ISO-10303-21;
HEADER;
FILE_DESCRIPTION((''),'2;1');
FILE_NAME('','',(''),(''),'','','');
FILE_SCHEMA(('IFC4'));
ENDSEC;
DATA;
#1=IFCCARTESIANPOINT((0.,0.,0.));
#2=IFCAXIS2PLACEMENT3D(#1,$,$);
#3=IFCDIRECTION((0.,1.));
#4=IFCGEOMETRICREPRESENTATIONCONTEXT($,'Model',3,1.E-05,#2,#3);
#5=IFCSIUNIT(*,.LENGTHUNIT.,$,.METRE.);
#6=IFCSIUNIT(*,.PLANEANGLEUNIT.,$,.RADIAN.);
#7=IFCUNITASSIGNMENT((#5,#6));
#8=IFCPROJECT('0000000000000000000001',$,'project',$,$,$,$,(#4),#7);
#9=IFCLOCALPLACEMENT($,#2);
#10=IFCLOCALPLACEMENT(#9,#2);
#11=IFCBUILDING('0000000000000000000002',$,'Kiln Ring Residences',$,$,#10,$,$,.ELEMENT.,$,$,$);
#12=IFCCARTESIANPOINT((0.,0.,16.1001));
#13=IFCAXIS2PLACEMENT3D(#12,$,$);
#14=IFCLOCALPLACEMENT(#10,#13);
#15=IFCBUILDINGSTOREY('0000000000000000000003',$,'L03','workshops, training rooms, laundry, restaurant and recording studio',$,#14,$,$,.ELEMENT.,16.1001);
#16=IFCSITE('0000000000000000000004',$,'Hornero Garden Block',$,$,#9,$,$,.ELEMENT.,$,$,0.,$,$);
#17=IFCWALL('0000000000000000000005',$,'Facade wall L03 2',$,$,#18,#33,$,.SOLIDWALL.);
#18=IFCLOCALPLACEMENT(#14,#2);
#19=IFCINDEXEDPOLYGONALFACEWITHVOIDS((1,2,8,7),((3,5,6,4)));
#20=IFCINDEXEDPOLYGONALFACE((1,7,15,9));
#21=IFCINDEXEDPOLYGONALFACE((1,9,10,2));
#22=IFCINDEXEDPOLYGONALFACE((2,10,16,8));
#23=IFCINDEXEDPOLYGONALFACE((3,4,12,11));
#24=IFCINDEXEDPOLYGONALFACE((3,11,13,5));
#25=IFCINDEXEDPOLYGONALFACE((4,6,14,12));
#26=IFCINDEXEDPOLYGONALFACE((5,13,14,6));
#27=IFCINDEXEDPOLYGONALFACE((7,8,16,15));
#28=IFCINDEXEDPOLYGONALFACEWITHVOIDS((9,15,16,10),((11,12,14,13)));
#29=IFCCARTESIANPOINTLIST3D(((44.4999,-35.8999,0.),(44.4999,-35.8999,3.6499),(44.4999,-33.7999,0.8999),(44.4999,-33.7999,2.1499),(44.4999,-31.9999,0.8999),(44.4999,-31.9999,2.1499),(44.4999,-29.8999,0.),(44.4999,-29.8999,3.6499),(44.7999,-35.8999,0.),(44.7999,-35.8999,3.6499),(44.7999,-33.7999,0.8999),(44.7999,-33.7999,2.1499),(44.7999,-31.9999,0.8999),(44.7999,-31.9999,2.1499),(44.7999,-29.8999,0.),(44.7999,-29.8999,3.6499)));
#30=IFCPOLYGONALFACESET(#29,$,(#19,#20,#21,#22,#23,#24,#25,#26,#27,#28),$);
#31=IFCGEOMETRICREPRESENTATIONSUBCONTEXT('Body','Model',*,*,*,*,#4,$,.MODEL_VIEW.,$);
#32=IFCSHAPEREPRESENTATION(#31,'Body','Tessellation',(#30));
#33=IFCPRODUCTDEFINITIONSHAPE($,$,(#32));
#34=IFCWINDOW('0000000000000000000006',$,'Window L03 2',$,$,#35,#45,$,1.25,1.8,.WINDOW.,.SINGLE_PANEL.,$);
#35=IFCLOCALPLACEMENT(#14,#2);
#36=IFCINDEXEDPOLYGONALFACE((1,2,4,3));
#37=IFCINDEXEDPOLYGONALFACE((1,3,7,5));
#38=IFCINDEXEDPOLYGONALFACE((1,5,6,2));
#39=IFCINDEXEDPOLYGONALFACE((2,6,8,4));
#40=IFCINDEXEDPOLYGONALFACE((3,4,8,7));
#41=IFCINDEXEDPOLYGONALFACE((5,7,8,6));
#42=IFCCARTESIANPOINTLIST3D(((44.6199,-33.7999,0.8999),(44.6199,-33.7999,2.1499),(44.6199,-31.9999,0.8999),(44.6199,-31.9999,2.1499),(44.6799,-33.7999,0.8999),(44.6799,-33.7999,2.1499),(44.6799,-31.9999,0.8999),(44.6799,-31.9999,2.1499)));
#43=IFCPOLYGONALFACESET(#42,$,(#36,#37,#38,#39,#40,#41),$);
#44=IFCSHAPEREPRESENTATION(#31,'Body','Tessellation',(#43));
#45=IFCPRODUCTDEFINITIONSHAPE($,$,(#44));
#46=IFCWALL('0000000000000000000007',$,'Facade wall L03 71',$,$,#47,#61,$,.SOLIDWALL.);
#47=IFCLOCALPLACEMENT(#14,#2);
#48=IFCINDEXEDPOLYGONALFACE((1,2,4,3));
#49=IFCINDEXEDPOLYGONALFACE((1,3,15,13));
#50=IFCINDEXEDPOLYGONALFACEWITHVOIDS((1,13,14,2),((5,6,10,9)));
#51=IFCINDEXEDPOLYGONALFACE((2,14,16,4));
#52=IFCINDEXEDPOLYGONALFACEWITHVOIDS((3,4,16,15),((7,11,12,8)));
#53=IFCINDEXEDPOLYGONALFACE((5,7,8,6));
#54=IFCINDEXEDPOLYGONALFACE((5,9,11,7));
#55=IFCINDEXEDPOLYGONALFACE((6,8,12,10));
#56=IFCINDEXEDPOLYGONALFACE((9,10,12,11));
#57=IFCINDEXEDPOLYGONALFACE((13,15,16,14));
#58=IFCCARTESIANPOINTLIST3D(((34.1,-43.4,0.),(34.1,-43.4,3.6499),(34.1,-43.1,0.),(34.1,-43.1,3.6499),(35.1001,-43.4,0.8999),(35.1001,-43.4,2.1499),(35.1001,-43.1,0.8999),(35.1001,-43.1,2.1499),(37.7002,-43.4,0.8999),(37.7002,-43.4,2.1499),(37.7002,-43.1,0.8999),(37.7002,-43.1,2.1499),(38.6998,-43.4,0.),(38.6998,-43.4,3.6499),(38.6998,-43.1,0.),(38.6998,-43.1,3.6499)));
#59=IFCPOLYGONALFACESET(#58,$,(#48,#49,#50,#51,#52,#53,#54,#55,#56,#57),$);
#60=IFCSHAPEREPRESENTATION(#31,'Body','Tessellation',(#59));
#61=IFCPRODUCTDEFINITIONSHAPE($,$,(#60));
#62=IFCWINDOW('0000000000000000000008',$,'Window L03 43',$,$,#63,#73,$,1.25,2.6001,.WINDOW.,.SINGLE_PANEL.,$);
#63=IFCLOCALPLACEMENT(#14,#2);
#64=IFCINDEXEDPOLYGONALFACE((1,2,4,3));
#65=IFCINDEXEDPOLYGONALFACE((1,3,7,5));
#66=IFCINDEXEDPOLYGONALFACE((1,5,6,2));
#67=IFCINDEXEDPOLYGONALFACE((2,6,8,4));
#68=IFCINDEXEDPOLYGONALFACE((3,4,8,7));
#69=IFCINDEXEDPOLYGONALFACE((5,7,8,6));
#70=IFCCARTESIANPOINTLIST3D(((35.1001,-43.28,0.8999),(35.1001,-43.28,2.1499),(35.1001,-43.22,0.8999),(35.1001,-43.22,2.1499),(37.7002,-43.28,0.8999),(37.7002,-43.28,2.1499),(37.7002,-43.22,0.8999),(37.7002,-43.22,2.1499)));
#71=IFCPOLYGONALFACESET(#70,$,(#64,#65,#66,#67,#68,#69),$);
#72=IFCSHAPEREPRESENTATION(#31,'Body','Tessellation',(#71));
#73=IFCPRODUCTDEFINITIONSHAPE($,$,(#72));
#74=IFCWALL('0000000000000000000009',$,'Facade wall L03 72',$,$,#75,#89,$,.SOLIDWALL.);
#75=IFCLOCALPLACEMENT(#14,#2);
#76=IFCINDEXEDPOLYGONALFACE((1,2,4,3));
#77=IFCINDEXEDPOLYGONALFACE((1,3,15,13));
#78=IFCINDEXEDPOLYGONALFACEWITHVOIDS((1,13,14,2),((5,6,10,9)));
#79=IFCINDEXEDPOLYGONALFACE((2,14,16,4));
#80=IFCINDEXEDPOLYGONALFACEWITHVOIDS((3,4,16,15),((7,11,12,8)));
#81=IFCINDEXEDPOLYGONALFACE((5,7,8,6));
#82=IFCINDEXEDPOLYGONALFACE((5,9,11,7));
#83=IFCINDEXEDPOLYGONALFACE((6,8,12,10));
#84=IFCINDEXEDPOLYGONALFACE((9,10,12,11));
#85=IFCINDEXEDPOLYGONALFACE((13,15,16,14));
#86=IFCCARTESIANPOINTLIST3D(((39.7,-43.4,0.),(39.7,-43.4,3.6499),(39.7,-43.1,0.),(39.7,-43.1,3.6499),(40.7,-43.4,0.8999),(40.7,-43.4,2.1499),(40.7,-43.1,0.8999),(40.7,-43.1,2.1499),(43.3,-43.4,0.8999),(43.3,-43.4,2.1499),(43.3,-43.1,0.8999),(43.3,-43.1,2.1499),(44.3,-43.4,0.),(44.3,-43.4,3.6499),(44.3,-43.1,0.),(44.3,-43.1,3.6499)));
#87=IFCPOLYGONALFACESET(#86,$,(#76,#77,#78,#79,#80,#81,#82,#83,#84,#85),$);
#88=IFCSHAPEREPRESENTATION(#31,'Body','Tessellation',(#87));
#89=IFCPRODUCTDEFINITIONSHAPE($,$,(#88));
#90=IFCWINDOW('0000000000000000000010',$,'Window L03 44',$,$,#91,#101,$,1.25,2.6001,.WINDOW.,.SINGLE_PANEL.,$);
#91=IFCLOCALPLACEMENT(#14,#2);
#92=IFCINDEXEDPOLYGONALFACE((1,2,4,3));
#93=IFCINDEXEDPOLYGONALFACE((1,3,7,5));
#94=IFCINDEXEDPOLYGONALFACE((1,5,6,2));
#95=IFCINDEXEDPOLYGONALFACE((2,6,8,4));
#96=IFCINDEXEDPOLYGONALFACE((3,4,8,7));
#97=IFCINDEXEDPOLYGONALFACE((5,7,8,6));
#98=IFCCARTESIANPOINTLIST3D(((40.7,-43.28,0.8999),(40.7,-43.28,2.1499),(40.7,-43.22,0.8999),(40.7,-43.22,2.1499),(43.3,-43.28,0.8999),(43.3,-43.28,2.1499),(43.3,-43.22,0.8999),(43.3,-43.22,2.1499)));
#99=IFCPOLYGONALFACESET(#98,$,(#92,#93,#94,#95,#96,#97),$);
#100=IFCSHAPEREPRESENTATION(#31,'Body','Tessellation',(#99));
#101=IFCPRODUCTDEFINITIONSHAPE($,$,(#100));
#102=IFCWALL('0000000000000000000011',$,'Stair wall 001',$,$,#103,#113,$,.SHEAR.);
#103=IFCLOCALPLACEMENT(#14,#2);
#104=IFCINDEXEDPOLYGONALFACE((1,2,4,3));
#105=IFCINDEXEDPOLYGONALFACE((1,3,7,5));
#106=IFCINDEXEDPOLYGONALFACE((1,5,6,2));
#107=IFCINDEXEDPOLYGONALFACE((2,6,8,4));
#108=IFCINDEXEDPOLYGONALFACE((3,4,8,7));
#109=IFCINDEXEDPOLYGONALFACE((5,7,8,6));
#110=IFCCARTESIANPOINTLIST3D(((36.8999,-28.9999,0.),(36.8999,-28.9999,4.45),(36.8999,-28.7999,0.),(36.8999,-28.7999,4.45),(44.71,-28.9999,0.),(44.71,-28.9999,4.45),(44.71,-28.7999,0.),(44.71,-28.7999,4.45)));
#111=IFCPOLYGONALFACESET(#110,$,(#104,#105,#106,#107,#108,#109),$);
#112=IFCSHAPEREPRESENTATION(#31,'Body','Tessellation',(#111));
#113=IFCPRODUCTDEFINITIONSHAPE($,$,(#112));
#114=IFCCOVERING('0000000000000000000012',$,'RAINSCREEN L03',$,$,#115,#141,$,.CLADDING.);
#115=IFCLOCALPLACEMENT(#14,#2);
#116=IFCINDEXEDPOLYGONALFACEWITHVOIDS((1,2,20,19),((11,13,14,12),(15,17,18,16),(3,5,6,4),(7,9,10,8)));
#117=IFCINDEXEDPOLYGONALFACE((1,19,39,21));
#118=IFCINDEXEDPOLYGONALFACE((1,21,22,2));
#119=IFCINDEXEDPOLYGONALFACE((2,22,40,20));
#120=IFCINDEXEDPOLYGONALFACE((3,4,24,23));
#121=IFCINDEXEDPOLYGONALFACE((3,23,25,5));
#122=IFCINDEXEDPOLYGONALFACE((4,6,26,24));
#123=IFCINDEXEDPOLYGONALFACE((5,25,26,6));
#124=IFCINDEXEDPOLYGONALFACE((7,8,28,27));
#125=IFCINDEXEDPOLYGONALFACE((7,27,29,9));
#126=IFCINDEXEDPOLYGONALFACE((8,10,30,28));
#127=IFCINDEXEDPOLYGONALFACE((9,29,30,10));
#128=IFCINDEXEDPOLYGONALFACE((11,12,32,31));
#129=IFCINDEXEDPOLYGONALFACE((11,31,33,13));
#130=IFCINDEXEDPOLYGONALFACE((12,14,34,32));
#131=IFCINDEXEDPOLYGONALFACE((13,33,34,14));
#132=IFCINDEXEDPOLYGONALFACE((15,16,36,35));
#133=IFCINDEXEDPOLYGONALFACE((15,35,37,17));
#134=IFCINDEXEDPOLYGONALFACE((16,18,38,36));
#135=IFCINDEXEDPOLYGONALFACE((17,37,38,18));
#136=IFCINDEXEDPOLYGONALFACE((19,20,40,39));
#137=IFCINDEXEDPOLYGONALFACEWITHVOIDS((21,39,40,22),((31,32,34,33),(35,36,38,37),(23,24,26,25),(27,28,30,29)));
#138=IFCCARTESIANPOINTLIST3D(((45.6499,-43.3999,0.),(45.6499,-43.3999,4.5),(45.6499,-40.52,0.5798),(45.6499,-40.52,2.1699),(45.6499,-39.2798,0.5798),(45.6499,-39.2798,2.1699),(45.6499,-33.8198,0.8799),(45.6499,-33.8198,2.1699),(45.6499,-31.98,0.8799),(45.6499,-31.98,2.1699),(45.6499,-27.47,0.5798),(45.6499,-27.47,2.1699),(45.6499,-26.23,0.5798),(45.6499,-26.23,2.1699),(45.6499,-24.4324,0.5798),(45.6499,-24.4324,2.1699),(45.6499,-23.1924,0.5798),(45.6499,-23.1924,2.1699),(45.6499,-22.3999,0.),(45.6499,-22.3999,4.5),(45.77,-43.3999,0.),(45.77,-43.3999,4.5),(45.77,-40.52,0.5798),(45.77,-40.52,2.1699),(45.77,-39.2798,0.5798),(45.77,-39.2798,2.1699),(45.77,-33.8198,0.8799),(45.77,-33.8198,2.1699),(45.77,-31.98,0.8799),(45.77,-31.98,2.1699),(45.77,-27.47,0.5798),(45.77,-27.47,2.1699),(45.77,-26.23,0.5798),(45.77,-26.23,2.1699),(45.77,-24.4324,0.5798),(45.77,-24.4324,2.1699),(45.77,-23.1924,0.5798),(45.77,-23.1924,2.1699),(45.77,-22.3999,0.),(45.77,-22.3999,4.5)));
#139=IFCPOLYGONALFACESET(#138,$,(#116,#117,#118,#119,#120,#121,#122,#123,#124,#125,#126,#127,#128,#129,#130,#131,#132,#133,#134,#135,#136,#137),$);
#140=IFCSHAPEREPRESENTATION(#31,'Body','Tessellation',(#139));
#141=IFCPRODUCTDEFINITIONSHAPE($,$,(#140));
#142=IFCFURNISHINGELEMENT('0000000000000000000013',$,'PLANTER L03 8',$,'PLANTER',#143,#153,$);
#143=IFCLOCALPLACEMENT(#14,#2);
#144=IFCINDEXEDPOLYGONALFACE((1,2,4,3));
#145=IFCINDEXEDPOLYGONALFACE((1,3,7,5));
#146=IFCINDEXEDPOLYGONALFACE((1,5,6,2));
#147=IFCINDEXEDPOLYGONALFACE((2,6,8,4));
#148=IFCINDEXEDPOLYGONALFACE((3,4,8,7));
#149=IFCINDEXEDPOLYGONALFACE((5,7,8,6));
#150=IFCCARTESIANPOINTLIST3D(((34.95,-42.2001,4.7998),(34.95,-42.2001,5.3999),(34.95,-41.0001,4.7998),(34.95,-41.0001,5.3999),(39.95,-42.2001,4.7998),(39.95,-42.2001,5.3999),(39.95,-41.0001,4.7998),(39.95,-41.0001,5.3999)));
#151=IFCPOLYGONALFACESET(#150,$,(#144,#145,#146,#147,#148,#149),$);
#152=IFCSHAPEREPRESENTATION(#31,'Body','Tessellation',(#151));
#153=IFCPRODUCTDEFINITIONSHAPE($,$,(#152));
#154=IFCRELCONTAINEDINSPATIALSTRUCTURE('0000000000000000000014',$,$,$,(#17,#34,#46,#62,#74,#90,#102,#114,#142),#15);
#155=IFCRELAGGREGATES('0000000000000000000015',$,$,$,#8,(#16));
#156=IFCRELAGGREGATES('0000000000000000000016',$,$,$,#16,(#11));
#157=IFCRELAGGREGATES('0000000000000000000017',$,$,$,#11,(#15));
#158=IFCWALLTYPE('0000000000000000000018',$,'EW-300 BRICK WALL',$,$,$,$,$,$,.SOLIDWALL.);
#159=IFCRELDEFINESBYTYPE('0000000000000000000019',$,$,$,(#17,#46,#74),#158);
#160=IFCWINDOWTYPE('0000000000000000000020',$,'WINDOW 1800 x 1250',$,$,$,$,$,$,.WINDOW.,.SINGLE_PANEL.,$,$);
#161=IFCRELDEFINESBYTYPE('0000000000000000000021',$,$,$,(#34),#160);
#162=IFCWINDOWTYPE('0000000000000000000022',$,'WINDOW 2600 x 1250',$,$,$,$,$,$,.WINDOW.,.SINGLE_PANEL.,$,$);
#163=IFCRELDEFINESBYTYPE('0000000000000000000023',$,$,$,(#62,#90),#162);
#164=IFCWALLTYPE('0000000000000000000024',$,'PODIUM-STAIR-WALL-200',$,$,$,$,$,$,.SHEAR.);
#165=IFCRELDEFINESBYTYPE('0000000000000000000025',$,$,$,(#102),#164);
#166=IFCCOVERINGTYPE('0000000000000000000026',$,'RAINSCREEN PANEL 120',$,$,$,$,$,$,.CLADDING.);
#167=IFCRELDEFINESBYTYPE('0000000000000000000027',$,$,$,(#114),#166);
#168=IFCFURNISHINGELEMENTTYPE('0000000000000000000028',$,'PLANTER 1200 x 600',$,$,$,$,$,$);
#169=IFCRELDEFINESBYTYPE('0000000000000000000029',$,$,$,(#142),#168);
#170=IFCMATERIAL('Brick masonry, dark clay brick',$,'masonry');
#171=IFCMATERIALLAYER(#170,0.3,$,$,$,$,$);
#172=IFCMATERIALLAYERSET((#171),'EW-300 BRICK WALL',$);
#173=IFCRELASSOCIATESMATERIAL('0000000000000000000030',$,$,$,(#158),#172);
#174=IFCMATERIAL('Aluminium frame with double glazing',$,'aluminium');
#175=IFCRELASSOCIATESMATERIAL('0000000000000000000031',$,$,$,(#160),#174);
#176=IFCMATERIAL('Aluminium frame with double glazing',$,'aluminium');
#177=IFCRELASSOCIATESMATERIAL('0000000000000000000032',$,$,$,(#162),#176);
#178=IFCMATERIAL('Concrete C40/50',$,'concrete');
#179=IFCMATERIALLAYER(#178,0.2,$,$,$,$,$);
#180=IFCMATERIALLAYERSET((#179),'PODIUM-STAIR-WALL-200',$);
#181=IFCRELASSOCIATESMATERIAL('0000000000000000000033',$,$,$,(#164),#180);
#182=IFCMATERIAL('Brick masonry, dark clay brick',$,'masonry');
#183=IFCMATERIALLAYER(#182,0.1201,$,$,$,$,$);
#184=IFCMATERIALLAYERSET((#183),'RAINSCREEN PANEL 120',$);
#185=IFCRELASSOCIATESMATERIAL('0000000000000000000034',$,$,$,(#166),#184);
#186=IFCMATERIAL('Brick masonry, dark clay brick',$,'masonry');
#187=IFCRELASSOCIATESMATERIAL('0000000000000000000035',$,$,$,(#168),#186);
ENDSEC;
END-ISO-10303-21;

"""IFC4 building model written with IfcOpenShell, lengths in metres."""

from ifc_helpers import new_model, si_unit, direction, frame, frame_2d, origin, origin_2d, place, context, subcontext, project, spatial, polyline, rectangle, outline, extrude, material, layer, layer_set, type_object, element, fill, save


model = new_model("IFC4")

# Units and contexts
model_context = context("Model", 3, precision=1e-05, world=origin(), true_north=direction((0.0, 1.0)))
body_context = subcontext(model_context, "Body", "Model", "MODEL_VIEW")
ifc_project = project(units=[si_unit("LENGTHUNIT", "METRE"), si_unit("PLANEANGLEUNIT", "RADIAN")], contexts=[model_context])

# Site, building, storey
site_placement = place(None, origin())
site = spatial("IfcSite", under=ifc_project, at=site_placement, Name="Hornero Garden Block", CompositionType="ELEMENT", RefElevation=0.0)
building_placement = place(site_placement, origin())
building = spatial("IfcBuilding", under=site, at=building_placement, Name="Kiln Ring Residences", CompositionType="ELEMENT")
storey_placement = place(building_placement, frame((0.0, 0.0, 16.1001)))
storey = spatial("IfcBuildingStorey", under=building, at=storey_placement, Name="L03", Description="workshops, training rooms, laundry, restaurant and recording studio", CompositionType="ELEMENT", Elevation=16.1001)

# Walls, openings, windows
ifc_material_1 = material(Name="Brick masonry, dark clay brick", Category="masonry")
ifc_layer_1 = layer(ifc_material_1, 0.3)
ifc_layer_set_1 = layer_set([ifc_layer_1], Name="EW-300 BRICK WALL")
wall_type_1 = type_object("IfcWallType", Name="EW-300 BRICK WALL", PredefinedType="SOLIDWALL", material=ifc_layer_set_1)
wall_1_placement = place(storey_placement, frame((44.6499, -35.8999, 0.0), z_axis=(0.0, 0.0, 1.0), x_axis=(0.0, 1.0, 0.0)))
wall_1 = element("IfcWall", 1, at=wall_1_placement, inside=storey, type_object=wall_type_1, Name="Facade wall L03 2", PredefinedType="SOLIDWALL", context=body_context, shape_type="SweptSolid", body=[
    extrude(rectangle(XDim=6.0, YDim=0.3, at=frame_2d((3.0, 0.0))), origin(), (0.0, 0.0, 1.0), 3.6499),
])
opening_1_placement = place(wall_1_placement, frame((2.1001, 0.0, 0.8999)))
opening_1 = element("IfcOpeningElement", 2, at=opening_1_placement, cuts=wall_1, PredefinedType="OPENING", context=body_context, shape_type="SweptSolid", body=[
    extrude(rectangle(XDim=1.8, YDim=1.25, at=frame_2d((0.8999, 0.625))), frame((0.0, 0.1599, 0.0), z_axis=(0.0, -1.0, 0.0), x_axis=(1.0, 0.0, 0.0)), (0.0, 0.0, 1.0), 0.3201),
])
ifc_material_2 = material(Name="Aluminium frame with double glazing", Category="aluminium")
window_type_1 = type_object("IfcWindowType", Name="WINDOW 1800 x 1250", PartitioningType="SINGLE_PANEL", PredefinedType="WINDOW", material=ifc_material_2)
window_1_placement = place(opening_1_placement, origin())
window_1 = element("IfcWindow", 3, at=window_1_placement, inside=storey, type_object=window_type_1, Name="Window L03 2", OverallHeight=1.25, OverallWidth=1.8, PartitioningType="SINGLE_PANEL", PredefinedType="WINDOW", context=body_context, shape_type="SweptSolid", body=[
    extrude(rectangle(XDim=1.8, YDim=1.25, at=frame_2d((0.8999, 0.625))), frame((0.0, 0.03, 0.0), z_axis=(0.0, -1.0, 0.0), x_axis=(1.0, 0.0, 0.0)), (0.0, 0.0, 1.0), 0.0601),
])
fill(opening_1, window_1)
wall_2_placement = place(storey_placement, frame((34.1001, -43.25, 0.0), z_axis=(0.0, 0.0, 1.0), x_axis=(1.0, 0.0, 0.0)))
wall_2 = element("IfcWall", 4, at=wall_2_placement, inside=storey, type_object=wall_type_1, Name="Facade wall L03 71", PredefinedType="SOLIDWALL", context=body_context, shape_type="SweptSolid", body=[
    extrude(rectangle(XDim=4.5999, YDim=0.3, at=frame_2d((2.2998, 0.0))), origin(), (0.0, 0.0, 1.0), 3.6499),
])
opening_2_placement = place(wall_2_placement, frame((1.0, 0.0, 0.8999)))
opening_2 = element("IfcOpeningElement", 5, at=opening_2_placement, cuts=wall_2, PredefinedType="OPENING", context=body_context, shape_type="SweptSolid", body=[
    extrude(rectangle(XDim=2.6001, YDim=1.25, at=frame_2d((1.3, 0.625))), frame((0.0, 0.1599, 0.0), z_axis=(0.0, -1.0, 0.0), x_axis=(1.0, 0.0, 0.0)), (0.0, 0.0, 1.0), 0.3201),
])
ifc_material_3 = material(Name="Aluminium frame with double glazing", Category="aluminium")
window_type_2 = type_object("IfcWindowType", Name="WINDOW 2600 x 1250", PartitioningType="SINGLE_PANEL", PredefinedType="WINDOW", material=ifc_material_3)
window_2_placement = place(opening_2_placement, origin())
window_2 = element("IfcWindow", 6, at=window_2_placement, inside=storey, type_object=window_type_2, Name="Window L03 43", OverallHeight=1.25, OverallWidth=2.6001, PartitioningType="SINGLE_PANEL", PredefinedType="WINDOW", context=body_context, shape_type="SweptSolid", body=[
    extrude(rectangle(XDim=2.6001, YDim=1.25, at=frame_2d((1.3, 0.625))), frame((0.0, 0.03, 0.0), z_axis=(0.0, -1.0, 0.0), x_axis=(1.0, 0.0, 0.0)), (0.0, 0.0, 1.0), 0.0601),
])
fill(opening_2, window_2)
wall_3_placement = place(storey_placement, frame((39.7, -43.25, 0.0), z_axis=(0.0, 0.0, 1.0), x_axis=(1.0, 0.0, 0.0)))
wall_3 = element("IfcWall", 7, at=wall_3_placement, inside=storey, type_object=wall_type_1, Name="Facade wall L03 72", PredefinedType="SOLIDWALL", context=body_context, shape_type="SweptSolid", body=[
    extrude(rectangle(XDim=4.6001, YDim=0.3, at=frame_2d((2.3, 0.0))), origin(), (0.0, 0.0, 1.0), 3.6499),
])
opening_3_placement = place(wall_3_placement, frame((1.0, 0.0, 0.8999)))
opening_3 = element("IfcOpeningElement", 8, at=opening_3_placement, cuts=wall_3, PredefinedType="OPENING", context=body_context, shape_type="SweptSolid", body=[
    extrude(rectangle(XDim=2.6001, YDim=1.25, at=frame_2d((1.3, 0.625))), frame((0.0, 0.1599, 0.0), z_axis=(0.0, -1.0, 0.0), x_axis=(1.0, 0.0, 0.0)), (0.0, 0.0, 1.0), 0.3201),
])
window_3_placement = place(opening_3_placement, origin())
window_3 = element("IfcWindow", 9, at=window_3_placement, inside=storey, type_object=window_type_2, Name="Window L03 44", OverallHeight=1.25, OverallWidth=2.6001, PartitioningType="SINGLE_PANEL", PredefinedType="WINDOW", context=body_context, shape_type="SweptSolid", body=[
    extrude(rectangle(XDim=2.6001, YDim=1.25, at=frame_2d((1.3, 0.625))), frame((0.0, 0.03, 0.0), z_axis=(0.0, -1.0, 0.0), x_axis=(1.0, 0.0, 0.0)), (0.0, 0.0, 1.0), 0.0601),
])
fill(opening_3, window_3)

# Wall
ifc_material_4 = material(Name="Concrete C40/50", Category="concrete")
ifc_layer_2 = layer(ifc_material_4, 0.2)
ifc_layer_set_2 = layer_set([ifc_layer_2], Name="PODIUM-STAIR-WALL-200")
wall_type_2 = type_object("IfcWallType", Name="PODIUM-STAIR-WALL-200", PredefinedType="SHEAR", material=ifc_layer_set_2)
wall_4_placement = place(storey_placement, frame((36.8999, -28.8999, 0.0), z_axis=(0.0, 0.0, 1.0), x_axis=(1.0, 0.0, 0.0)))
element("IfcWall", 10, at=wall_4_placement, inside=storey, type_object=wall_type_2, Name="Stair wall 001", PredefinedType="SHEAR", context=body_context, shape_type="SweptSolid", body=[
    extrude(rectangle(XDim=7.8101, YDim=0.2, at=frame_2d((3.905, 0.0))), origin(), (0.0, 0.0, 1.0), 4.45),
])

# Covering
ifc_material_5 = material(Name="Brick masonry, dark clay brick", Category="masonry")
ifc_layer_3 = layer(ifc_material_5, 0.1201)
ifc_layer_set_3 = layer_set([ifc_layer_3], Name="RAINSCREEN PANEL 120")
covering_type = type_object("IfcCoveringType", Name="RAINSCREEN PANEL 120", PredefinedType="CLADDING", material=ifc_layer_set_3)
covering_placement = place(storey_placement, frame((45.71, -43.3999, 0.0), z_axis=(0.0, 0.0, 1.0), x_axis=(0.0, 1.0, 0.0)))
element("IfcCovering", 11, at=covering_placement, inside=storey, type_object=covering_type, Name="RAINSCREEN L03", PredefinedType="CLADDING", context=body_context, shape_type="SweptSolid", body=[
    extrude(outline(polyline([(0.0, 0.0), (21.0, 0.0), (21.0, 4.5), (0.0, 4.5), (0.0, 0.0)]), holes=[polyline([(4.1201, 0.5798), (4.1201, 2.1699), (2.8799, 2.1699), (2.8799, 0.5798), (4.1201, 0.5798)]), polyline([(17.1699, 0.5798), (17.1699, 2.1699), (15.9299, 2.1699), (15.9299, 0.5798), (17.1699, 0.5798)]), polyline([(20.2075, 0.5798), (20.2075, 2.1699), (18.9675, 2.1699), (18.9675, 0.5798), (20.2075, 0.5798)]), polyline([(11.4199, 0.8799), (11.4199, 2.1699), (9.5801, 2.1699), (9.5801, 0.8799), (11.4199, 0.8799)])]), frame((0.0, 0.0601, 0.0), z_axis=(0.0, -1.0, 0.0), x_axis=(1.0, 0.0, 0.0)), (0.0, 0.0, 1.0), 0.1201),
])

# Furnishing element
ifc_material_6 = material(Name="Brick masonry, dark clay brick", Category="masonry")
furnishing_element_type = type_object("IfcFurnishingElementType", Name="PLANTER 1200 x 600", material=ifc_material_6)
furnishing_placement = place(storey_placement, frame((37.45, -41.6001, 4.7998), z_axis=(0.0, 0.0, 1.0), x_axis=(1.0, 0.0, 0.0)))
element("IfcFurnishingElement", 12, at=furnishing_placement, inside=storey, type_object=furnishing_element_type, Name="PLANTER L03 8", ObjectType="PLANTER", context=body_context, shape_type="SweptSolid", body=[
    extrude(rectangle(XDim=5.0, YDim=1.2, at=origin_2d()), origin(), (0.0, 0.0, 1.0), 0.6001),
])

save(model, "model.ifc")
